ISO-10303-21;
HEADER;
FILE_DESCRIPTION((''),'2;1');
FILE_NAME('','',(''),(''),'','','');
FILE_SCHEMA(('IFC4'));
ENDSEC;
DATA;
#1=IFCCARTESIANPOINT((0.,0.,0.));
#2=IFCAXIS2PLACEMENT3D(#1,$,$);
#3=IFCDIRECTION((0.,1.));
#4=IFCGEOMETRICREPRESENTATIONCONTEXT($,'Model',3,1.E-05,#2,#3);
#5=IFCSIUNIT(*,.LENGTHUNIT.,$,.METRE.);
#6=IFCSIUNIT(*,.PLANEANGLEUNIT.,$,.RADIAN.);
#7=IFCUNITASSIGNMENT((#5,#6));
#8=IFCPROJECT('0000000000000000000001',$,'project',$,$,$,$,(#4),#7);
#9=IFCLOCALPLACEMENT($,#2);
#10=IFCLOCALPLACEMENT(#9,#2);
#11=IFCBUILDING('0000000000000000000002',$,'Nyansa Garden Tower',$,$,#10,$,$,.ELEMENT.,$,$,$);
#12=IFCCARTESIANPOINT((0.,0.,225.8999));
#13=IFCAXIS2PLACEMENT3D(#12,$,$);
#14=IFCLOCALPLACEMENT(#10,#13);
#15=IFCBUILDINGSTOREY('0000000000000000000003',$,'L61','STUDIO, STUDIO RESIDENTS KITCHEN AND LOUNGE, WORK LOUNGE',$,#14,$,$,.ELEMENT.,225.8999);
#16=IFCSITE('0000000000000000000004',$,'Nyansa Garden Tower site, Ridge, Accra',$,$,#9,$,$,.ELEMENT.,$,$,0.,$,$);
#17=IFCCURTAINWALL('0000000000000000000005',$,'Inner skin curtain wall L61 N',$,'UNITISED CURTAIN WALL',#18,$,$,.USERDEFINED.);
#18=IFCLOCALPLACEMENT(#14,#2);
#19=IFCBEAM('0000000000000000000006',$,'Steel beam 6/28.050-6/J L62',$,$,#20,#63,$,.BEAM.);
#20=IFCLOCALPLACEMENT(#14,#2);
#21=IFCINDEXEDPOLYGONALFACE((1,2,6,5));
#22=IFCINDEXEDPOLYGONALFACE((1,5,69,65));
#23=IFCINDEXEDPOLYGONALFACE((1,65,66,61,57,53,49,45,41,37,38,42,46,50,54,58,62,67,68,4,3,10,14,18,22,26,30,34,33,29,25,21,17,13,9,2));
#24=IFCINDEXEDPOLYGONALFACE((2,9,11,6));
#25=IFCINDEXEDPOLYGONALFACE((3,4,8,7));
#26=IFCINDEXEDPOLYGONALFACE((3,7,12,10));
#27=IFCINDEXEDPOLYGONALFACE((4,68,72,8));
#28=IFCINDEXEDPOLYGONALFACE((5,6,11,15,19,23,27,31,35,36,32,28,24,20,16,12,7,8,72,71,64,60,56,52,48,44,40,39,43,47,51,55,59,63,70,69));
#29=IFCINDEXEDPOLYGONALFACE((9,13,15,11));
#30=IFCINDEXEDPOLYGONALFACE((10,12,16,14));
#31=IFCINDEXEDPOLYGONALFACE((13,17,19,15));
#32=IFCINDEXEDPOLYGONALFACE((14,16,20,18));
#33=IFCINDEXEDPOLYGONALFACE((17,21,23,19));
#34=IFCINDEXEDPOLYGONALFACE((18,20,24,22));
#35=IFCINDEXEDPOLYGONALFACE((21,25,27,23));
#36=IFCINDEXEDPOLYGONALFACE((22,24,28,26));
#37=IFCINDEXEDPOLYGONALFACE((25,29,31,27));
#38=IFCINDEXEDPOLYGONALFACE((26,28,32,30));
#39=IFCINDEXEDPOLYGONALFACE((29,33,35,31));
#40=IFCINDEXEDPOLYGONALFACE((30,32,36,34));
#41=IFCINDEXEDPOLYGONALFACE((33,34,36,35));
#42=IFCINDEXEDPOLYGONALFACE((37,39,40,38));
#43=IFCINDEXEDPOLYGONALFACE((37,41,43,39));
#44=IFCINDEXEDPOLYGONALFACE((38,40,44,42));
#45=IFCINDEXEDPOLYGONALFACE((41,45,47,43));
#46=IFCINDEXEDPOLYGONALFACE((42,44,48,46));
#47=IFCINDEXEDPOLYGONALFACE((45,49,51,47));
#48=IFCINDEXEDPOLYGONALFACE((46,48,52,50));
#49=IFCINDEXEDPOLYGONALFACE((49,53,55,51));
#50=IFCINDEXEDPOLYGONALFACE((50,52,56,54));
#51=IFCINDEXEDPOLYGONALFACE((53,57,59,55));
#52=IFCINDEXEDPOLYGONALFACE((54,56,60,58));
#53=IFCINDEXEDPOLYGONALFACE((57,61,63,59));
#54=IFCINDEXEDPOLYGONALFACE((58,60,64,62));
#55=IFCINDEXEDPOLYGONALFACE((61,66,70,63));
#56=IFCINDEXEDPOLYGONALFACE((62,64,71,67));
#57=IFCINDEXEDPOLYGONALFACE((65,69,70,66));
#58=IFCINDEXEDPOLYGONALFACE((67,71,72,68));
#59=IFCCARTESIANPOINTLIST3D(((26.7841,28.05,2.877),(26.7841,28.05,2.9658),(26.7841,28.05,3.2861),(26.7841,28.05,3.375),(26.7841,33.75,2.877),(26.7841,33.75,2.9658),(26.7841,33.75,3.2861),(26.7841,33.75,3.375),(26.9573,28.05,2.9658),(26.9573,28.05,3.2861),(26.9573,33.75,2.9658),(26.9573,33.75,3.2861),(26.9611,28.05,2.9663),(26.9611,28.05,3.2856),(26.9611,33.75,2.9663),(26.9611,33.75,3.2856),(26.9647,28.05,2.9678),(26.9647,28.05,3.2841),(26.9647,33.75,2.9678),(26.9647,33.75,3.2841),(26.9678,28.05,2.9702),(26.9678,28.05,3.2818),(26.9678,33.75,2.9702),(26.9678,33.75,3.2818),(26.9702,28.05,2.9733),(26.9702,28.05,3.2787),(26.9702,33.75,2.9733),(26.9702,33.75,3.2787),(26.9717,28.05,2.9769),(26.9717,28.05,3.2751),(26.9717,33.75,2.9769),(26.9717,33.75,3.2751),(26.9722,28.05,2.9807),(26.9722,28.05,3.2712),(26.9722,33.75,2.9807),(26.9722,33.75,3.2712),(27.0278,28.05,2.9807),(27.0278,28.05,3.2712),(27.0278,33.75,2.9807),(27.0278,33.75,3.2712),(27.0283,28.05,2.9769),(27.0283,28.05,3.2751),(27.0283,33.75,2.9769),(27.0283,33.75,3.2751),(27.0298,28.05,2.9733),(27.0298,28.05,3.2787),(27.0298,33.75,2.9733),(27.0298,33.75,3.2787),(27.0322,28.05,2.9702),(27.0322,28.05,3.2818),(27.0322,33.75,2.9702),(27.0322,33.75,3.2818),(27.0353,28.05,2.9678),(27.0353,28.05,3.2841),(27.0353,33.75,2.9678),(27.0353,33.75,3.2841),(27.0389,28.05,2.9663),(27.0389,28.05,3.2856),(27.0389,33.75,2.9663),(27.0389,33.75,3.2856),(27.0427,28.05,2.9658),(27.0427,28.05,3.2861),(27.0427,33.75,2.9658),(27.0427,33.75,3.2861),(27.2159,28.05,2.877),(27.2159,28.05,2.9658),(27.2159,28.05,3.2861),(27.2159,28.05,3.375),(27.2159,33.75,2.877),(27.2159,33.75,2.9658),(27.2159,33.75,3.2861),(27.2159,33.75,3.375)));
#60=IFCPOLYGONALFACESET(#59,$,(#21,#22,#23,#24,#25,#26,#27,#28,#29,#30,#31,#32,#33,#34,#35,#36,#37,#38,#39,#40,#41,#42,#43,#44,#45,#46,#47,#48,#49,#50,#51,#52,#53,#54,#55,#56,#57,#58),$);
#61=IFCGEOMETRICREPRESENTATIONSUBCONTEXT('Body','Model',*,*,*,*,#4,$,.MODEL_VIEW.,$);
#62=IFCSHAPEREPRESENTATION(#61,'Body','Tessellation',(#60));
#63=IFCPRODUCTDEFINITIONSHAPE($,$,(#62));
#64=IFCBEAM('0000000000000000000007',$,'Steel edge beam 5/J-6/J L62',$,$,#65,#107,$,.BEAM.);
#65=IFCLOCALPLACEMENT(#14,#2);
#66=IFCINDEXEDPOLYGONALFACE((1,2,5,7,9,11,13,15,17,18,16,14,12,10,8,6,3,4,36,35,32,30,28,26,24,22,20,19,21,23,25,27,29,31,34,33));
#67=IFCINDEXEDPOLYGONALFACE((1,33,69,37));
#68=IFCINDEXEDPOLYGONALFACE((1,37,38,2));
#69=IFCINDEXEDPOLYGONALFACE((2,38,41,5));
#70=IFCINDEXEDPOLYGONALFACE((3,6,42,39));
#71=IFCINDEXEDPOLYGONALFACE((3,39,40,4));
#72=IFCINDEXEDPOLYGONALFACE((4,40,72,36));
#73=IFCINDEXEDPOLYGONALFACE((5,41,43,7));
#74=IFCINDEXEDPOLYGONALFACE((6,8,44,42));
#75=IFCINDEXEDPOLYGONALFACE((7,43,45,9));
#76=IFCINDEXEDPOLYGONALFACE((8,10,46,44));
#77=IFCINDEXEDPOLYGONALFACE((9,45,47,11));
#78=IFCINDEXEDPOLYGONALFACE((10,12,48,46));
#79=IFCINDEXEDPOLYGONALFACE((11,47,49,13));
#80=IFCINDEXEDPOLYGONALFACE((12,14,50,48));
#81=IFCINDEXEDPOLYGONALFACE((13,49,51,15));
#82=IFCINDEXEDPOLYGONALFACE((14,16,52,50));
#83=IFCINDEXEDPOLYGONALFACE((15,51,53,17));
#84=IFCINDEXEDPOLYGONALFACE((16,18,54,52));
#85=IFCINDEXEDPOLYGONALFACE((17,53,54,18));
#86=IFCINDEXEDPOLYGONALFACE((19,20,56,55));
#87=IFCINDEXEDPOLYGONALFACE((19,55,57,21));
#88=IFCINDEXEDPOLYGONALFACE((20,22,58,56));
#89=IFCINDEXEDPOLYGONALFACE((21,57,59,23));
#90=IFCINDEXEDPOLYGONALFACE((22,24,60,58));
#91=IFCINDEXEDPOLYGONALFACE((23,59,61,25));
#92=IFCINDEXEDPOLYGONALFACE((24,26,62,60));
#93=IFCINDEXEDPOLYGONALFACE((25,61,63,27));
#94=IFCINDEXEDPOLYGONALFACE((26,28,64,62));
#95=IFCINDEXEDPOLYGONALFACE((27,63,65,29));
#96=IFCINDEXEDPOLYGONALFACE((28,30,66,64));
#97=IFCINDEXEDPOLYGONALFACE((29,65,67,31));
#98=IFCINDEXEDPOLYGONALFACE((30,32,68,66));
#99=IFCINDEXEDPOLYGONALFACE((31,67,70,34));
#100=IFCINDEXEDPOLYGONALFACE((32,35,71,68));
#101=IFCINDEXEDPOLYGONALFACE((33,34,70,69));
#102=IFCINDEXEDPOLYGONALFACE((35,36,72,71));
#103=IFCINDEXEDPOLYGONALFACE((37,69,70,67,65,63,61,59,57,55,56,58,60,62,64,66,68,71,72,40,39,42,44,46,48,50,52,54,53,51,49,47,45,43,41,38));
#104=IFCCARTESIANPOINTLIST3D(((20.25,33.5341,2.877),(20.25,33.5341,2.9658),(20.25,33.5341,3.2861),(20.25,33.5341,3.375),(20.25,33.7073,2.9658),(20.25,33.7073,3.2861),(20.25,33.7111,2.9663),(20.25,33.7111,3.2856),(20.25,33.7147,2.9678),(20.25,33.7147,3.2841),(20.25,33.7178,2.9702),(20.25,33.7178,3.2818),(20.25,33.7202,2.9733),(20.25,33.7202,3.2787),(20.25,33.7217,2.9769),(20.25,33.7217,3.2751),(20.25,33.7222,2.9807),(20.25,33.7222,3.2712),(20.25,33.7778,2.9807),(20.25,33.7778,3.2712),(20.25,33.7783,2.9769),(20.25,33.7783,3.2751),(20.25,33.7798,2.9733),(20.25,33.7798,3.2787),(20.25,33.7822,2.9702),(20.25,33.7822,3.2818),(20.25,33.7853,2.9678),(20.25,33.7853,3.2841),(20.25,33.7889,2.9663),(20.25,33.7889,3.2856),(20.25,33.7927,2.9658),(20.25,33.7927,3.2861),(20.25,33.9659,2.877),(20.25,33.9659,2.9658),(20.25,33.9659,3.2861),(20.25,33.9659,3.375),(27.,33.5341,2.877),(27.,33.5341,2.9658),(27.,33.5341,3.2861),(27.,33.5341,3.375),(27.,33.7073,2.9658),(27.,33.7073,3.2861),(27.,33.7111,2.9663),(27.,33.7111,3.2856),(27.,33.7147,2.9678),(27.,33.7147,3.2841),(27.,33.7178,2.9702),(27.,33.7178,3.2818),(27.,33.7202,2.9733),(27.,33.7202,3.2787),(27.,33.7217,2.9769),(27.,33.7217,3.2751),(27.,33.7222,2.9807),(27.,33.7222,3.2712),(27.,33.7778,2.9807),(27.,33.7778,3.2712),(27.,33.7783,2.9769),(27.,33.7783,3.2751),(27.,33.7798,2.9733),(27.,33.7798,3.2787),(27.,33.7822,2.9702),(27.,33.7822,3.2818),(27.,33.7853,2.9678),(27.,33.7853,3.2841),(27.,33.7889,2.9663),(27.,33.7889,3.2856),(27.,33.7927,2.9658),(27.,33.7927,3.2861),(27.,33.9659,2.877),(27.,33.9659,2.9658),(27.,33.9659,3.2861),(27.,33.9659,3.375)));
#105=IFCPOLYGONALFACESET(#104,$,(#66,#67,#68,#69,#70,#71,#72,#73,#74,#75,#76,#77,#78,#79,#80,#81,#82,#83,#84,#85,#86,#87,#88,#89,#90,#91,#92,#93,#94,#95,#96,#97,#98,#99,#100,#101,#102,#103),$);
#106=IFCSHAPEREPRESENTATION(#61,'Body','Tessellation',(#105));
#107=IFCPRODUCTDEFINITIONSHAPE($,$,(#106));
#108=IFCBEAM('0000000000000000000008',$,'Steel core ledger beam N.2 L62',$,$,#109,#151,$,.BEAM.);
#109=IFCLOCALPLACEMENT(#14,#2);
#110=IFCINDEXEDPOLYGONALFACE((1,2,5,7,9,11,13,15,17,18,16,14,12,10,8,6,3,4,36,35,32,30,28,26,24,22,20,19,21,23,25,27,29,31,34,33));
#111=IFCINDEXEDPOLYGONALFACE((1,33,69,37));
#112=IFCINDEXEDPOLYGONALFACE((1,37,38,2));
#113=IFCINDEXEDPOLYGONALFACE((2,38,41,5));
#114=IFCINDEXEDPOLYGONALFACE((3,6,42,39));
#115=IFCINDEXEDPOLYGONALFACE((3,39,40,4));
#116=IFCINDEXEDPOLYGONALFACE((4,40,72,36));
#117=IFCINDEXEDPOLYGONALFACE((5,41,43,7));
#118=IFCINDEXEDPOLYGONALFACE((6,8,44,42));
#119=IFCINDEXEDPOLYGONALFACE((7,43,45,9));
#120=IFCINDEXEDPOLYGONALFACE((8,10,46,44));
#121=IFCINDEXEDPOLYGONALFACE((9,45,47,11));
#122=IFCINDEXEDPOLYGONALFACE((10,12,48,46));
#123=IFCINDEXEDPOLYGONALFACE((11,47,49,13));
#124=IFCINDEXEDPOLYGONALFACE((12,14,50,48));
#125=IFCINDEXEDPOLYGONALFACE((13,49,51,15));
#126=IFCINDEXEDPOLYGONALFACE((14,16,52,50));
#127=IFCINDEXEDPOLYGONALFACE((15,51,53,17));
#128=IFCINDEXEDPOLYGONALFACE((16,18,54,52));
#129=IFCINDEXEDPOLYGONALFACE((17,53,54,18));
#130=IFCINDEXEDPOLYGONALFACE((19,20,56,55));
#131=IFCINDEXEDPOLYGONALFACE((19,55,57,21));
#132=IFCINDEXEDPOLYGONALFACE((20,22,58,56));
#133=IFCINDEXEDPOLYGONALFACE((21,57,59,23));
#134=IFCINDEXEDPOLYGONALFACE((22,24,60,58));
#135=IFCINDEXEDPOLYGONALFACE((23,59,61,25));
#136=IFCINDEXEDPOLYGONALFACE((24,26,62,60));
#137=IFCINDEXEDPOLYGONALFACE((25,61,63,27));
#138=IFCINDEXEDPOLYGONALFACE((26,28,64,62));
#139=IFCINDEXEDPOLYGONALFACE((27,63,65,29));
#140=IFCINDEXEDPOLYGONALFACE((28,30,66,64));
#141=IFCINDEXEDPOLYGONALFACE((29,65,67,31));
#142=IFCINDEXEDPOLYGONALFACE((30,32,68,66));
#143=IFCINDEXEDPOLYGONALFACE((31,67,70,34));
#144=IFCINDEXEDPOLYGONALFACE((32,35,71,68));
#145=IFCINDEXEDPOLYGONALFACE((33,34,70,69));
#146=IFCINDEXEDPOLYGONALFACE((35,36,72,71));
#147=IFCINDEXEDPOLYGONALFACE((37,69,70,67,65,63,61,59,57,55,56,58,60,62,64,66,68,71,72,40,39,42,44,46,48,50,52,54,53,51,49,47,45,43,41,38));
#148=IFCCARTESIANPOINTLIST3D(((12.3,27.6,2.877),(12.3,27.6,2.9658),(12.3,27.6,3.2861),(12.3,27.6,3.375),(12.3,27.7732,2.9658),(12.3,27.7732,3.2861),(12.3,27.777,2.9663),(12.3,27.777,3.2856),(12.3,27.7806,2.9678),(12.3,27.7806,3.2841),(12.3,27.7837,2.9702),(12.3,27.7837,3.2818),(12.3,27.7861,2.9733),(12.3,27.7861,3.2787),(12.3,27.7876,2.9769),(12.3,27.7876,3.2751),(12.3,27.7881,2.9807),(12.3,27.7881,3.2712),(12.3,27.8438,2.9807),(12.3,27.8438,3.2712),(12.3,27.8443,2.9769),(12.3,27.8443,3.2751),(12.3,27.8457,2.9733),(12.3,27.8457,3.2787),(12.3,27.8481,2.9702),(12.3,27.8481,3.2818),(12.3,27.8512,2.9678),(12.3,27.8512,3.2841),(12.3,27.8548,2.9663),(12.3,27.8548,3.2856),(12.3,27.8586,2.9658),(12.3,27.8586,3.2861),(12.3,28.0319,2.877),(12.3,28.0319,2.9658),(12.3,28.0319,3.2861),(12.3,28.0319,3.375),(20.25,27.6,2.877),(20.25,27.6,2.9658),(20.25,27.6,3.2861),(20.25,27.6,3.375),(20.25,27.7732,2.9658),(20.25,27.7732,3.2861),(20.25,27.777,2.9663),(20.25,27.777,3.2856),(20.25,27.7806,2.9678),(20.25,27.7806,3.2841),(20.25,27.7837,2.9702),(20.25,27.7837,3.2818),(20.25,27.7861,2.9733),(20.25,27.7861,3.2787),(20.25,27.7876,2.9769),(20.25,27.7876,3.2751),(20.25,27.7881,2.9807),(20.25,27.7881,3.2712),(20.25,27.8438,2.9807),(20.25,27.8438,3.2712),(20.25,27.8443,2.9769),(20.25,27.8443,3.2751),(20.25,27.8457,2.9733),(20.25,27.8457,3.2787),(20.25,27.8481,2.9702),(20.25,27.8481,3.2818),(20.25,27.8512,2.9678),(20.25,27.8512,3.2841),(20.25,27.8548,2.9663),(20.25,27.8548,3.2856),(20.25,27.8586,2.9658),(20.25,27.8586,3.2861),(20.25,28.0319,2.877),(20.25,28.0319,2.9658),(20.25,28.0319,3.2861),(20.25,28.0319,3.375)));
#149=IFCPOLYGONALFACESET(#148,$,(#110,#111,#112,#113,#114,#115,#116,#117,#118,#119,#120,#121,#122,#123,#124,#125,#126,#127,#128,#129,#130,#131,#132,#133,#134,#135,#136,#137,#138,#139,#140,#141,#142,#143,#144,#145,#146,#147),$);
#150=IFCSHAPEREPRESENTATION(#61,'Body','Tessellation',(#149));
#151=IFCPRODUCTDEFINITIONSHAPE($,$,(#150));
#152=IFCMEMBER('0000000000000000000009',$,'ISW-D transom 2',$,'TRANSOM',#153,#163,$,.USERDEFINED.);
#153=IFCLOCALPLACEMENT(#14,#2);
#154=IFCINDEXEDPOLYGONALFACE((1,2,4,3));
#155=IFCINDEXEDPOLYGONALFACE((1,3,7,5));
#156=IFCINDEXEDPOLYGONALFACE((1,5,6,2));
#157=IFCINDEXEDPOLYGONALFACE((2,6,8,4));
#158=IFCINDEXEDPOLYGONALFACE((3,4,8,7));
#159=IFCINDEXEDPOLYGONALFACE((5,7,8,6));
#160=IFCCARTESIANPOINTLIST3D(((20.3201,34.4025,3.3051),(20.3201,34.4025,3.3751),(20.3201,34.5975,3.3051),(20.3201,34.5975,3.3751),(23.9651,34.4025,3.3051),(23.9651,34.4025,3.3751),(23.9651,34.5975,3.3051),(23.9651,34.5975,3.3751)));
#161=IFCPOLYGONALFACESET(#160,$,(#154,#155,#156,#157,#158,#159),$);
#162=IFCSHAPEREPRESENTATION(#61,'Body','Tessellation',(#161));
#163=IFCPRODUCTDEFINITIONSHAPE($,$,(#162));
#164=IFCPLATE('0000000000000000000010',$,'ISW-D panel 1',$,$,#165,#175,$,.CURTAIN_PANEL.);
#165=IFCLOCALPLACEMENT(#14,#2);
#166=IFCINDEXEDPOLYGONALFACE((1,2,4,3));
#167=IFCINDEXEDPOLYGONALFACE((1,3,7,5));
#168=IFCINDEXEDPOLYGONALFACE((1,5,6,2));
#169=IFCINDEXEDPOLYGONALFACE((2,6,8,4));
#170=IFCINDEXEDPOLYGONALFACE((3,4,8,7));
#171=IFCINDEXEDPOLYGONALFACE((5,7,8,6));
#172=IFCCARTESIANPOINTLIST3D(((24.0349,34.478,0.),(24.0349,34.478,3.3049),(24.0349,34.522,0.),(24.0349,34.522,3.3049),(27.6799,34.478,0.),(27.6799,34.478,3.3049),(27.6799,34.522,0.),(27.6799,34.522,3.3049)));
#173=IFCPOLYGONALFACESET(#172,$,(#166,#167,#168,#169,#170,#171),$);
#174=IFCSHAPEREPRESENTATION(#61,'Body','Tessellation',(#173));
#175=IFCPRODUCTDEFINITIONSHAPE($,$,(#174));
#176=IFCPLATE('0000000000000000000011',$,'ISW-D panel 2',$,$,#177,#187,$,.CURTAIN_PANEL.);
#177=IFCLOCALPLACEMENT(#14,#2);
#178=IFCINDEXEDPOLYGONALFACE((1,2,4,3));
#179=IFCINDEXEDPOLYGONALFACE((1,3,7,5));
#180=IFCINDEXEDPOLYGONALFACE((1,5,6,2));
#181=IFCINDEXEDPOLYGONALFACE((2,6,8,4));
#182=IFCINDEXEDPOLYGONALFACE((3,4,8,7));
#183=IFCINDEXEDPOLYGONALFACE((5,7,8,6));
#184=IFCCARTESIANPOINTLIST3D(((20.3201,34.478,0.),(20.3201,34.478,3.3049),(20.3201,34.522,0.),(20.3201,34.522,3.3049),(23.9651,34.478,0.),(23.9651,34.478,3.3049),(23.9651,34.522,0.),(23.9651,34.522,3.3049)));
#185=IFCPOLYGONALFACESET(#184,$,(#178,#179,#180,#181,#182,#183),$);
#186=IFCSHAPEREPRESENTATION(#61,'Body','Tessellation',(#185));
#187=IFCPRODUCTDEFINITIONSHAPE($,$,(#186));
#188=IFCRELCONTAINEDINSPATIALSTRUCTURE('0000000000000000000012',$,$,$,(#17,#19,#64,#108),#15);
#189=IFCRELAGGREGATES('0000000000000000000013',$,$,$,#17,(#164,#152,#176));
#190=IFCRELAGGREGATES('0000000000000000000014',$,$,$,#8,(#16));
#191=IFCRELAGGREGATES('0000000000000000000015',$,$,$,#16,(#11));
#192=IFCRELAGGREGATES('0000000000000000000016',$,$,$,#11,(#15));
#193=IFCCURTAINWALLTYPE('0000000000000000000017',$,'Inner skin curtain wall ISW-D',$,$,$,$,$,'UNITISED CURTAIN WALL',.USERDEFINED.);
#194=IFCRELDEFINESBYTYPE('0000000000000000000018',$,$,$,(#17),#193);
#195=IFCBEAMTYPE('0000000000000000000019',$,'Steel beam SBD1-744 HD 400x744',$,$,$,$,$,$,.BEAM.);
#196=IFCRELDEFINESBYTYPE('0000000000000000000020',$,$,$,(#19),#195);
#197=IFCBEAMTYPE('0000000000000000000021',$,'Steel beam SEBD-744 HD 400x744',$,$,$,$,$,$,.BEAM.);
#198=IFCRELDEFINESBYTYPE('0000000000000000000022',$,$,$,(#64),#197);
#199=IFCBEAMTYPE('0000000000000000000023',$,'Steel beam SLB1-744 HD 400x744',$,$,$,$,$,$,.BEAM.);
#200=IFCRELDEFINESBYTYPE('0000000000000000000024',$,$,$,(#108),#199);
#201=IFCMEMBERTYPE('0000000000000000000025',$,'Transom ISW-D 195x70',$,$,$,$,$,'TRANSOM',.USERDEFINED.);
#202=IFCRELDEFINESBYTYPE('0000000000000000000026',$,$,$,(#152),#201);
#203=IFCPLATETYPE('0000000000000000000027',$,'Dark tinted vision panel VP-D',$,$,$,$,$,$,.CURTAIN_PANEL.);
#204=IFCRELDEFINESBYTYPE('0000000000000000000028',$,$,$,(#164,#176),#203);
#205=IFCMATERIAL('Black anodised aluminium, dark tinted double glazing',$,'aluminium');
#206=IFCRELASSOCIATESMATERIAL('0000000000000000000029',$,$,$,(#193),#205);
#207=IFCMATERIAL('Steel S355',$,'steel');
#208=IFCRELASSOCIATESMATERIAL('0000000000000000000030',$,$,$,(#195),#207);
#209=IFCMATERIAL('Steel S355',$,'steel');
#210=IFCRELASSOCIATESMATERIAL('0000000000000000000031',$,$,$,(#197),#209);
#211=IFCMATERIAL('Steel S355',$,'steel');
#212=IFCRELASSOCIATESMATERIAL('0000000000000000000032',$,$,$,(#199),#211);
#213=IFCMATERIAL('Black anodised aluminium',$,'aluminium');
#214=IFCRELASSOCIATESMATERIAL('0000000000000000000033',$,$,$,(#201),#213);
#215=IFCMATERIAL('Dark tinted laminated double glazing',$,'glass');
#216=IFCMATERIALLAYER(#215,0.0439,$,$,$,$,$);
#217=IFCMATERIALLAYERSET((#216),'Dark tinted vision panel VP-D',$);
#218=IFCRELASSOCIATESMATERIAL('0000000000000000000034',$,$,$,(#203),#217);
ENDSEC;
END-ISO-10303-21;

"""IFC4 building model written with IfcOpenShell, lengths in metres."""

from ifc_helpers import new_model, si_unit, direction, frame, origin, origin_2d, place, context, subcontext, project, spatial, rectangle, i_section, extrude, material, layer, layer_set, material_profile, profile_set, type_object, element, aggregate, save


model = new_model("IFC4")

# Units and contexts
model_context = context("Model", 3, precision=1e-05, world=origin(), true_north=direction((0.0, 1.0)))
body_context = subcontext(model_context, "Body", "Model", "MODEL_VIEW")
ifc_project = project(units=[si_unit("LENGTHUNIT", "METRE"), si_unit("PLANEANGLEUNIT", "RADIAN")], contexts=[model_context])

# Site, building, storey
site_placement = place(None, origin())
site = spatial("IfcSite", under=ifc_project, at=site_placement, Name="Nyansa Garden Tower site, Ridge, Accra", CompositionType="ELEMENT", RefElevation=0.0)
building_placement = place(site_placement, origin())
building = spatial("IfcBuilding", under=site, at=building_placement, Name="Nyansa Garden Tower", CompositionType="ELEMENT")
storey_placement = place(building_placement, frame((0.0, 0.0, 225.8999)))
storey = spatial("IfcBuildingStorey", under=building, at=storey_placement, Name="L61", Description="STUDIO, STUDIO RESIDENTS KITCHEN AND LOUNGE, WORK LOUNGE", CompositionType="ELEMENT", Elevation=225.8999)

# Curtain wall
ifc_material_1 = material(Name="Black anodised aluminium, dark tinted double glazing", Category="aluminium")
curtain_wall_type = type_object("IfcCurtainWallType", Name="Inner skin curtain wall ISW-D", ElementType="UNITISED CURTAIN WALL", PredefinedType="USERDEFINED", material=ifc_material_1)
curtain_wall_placement = place(storey_placement, origin())
curtain_wall = element("IfcCurtainWall", 1, at=curtain_wall_placement, inside=storey, type_object=curtain_wall_type, Name="Inner skin curtain wall L61 N", ObjectType="UNITISED CURTAIN WALL", PredefinedType="USERDEFINED")

# Beams
ifc_material_2 = material(Name="Steel S355", Category="steel")
ifc_material_profile_1 = material_profile(ifc_material_2, i_section(OverallWidth=0.4319, OverallDepth=0.498, WebThickness=0.0557, FlangeThickness=0.0889, FilletRadius=0.0149, at=origin_2d()), Name="HD 400x744")
ifc_profile_set_1 = profile_set([ifc_material_profile_1], Name="Steel S355")
beam_type_1 = type_object("IfcBeamType", Name="Steel beam SBD1-744 HD 400x744", PredefinedType="BEAM", material=ifc_profile_set_1)
for number, where, z_axis, x_axis, name in (
    (2, (27.0, 28.05, 3.126), (0.0, 1.0, 0.0), (-1.0, 0.0, 0.0), "Steel beam 6/28.050-6/J L62"),
):
    element("IfcBeam", number, at=place(storey_placement, frame(where, z_axis=z_axis, x_axis=x_axis)), inside=storey, type_object=beam_type_1, Name=name, PredefinedType="BEAM", context=body_context, shape_type="SweptSolid", body=[
        extrude(i_section(OverallWidth=0.4319, OverallDepth=0.498, WebThickness=0.0557, FlangeThickness=0.0889, FilletRadius=0.0149, at=origin_2d()), origin(), (0.0, 0.0, 1.0), 5.7),
    ])
ifc_material_3 = material(Name="Steel S355", Category="steel")
ifc_material_profile_2 = material_profile(ifc_material_3, i_section(OverallWidth=0.4319, OverallDepth=0.498, WebThickness=0.0557, FlangeThickness=0.0889, FilletRadius=0.0149, at=origin_2d()), Name="HD 400x744")
ifc_profile_set_2 = profile_set([ifc_material_profile_2], Name="Steel S355")
beam_type_2 = type_object("IfcBeamType", Name="Steel beam SEBD-744 HD 400x744", PredefinedType="BEAM", material=ifc_profile_set_2)
beam_1_placement = place(storey_placement, frame((20.25, 33.75, 3.126), z_axis=(1.0, 0.0, 0.0), x_axis=(0.0, 1.0, 0.0)))
element("IfcBeam", 3, at=beam_1_placement, inside=storey, type_object=beam_type_2, Name="Steel edge beam 5/J-6/J L62", PredefinedType="BEAM", context=body_context, shape_type="SweptSolid", body=[
    extrude(i_section(OverallWidth=0.4319, OverallDepth=0.498, WebThickness=0.0557, FlangeThickness=0.0889, FilletRadius=0.0149, at=origin_2d()), origin(), (0.0, 0.0, 1.0), 6.75),
])
ifc_material_4 = material(Name="Steel S355", Category="steel")
ifc_material_profile_3 = material_profile(ifc_material_4, i_section(OverallWidth=0.4319, OverallDepth=0.498, WebThickness=0.0557, FlangeThickness=0.0889, FilletRadius=0.0149, at=origin_2d()), Name="HD 400x744")
ifc_profile_set_3 = profile_set([ifc_material_profile_3], Name="Steel S355")
beam_type_3 = type_object("IfcBeamType", Name="Steel beam SLB1-744 HD 400x744", PredefinedType="BEAM", material=ifc_profile_set_3)
beam_2_placement = place(storey_placement, frame((20.25, 27.8159, 3.126), z_axis=(-1.0, 0.0, 0.0), x_axis=(0.0, -1.0, 0.0)))
element("IfcBeam", 4, at=beam_2_placement, inside=storey, type_object=beam_type_3, Name="Steel core ledger beam N.2 L62", PredefinedType="BEAM", context=body_context, shape_type="SweptSolid", body=[
    extrude(i_section(OverallWidth=0.4319, OverallDepth=0.498, WebThickness=0.0557, FlangeThickness=0.0889, FilletRadius=0.0149, at=origin_2d()), origin(), (0.0, 0.0, 1.0), 7.95),
])

# Member
ifc_material_5 = material(Name="Black anodised aluminium", Category="aluminium")
ifc_material_profile_4 = material_profile(ifc_material_5, rectangle(XDim=0.1951, YDim=0.0701, at=origin_2d()), Name="Transom 195x70")
ifc_profile_set_4 = profile_set([ifc_material_profile_4], Name="Black anodised aluminium")
member_type_1 = type_object("IfcMemberType", Name="Transom ISW-D 195x70", ElementType="TRANSOM", PredefinedType="USERDEFINED", material=ifc_profile_set_4)
member_1_placement = place(storey_placement, frame((23.9651, 34.5, 3.3401), z_axis=(-1.0, 0.0, 0.0), x_axis=(0.0, -1.0, 0.0)))
member_1 = element("IfcMember", 5, at=member_1_placement, type_object=member_type_1, Name="ISW-D transom 2", ObjectType="TRANSOM", PredefinedType="USERDEFINED", context=body_context, shape_type="SweptSolid", body=[
    extrude(rectangle(XDim=0.1951, YDim=0.0701, at=origin_2d()), origin(), (0.0, 0.0, 1.0), 3.645),
])

# Plates
ifc_material_6 = material(Name="Dark tinted laminated double glazing", Category="glass")
ifc_layer_1 = layer(ifc_material_6, 0.0439)
ifc_layer_set_1 = layer_set([ifc_layer_1], Name="Dark tinted vision panel VP-D")
plate_type = type_object("IfcPlateType", Name="Dark tinted vision panel VP-D", PredefinedType="CURTAIN_PANEL", material=ifc_layer_set_1)
plate_1_placement = place(storey_placement, frame((25.8574, 34.5, 0.0), z_axis=(0.0, 0.0, 1.0), x_axis=(-1.0, 0.0, 0.0)))
plate_1 = element("IfcPlate", 6, at=plate_1_placement, type_object=plate_type, Name="ISW-D panel 1", PredefinedType="CURTAIN_PANEL", context=body_context, shape_type="SweptSolid", body=[
    extrude(rectangle(XDim=3.645, YDim=0.0439, at=origin_2d()), origin(), (0.0, 0.0, 1.0), 3.3049),
])
plate_2_placement = place(storey_placement, frame((22.1426, 34.5, 0.0), z_axis=(0.0, 0.0, 1.0), x_axis=(-1.0, 0.0, 0.0)))
plate_2 = element("IfcPlate", 7, at=plate_2_placement, type_object=plate_type, Name="ISW-D panel 2", PredefinedType="CURTAIN_PANEL", context=body_context, shape_type="SweptSolid", body=[
    extrude(rectangle(XDim=3.645, YDim=0.0439, at=origin_2d()), origin(), (0.0, 0.0, 1.0), 3.3049),
])
aggregate(curtain_wall, [plate_1, member_1, plate_2])

save(model, "model.ifc")
